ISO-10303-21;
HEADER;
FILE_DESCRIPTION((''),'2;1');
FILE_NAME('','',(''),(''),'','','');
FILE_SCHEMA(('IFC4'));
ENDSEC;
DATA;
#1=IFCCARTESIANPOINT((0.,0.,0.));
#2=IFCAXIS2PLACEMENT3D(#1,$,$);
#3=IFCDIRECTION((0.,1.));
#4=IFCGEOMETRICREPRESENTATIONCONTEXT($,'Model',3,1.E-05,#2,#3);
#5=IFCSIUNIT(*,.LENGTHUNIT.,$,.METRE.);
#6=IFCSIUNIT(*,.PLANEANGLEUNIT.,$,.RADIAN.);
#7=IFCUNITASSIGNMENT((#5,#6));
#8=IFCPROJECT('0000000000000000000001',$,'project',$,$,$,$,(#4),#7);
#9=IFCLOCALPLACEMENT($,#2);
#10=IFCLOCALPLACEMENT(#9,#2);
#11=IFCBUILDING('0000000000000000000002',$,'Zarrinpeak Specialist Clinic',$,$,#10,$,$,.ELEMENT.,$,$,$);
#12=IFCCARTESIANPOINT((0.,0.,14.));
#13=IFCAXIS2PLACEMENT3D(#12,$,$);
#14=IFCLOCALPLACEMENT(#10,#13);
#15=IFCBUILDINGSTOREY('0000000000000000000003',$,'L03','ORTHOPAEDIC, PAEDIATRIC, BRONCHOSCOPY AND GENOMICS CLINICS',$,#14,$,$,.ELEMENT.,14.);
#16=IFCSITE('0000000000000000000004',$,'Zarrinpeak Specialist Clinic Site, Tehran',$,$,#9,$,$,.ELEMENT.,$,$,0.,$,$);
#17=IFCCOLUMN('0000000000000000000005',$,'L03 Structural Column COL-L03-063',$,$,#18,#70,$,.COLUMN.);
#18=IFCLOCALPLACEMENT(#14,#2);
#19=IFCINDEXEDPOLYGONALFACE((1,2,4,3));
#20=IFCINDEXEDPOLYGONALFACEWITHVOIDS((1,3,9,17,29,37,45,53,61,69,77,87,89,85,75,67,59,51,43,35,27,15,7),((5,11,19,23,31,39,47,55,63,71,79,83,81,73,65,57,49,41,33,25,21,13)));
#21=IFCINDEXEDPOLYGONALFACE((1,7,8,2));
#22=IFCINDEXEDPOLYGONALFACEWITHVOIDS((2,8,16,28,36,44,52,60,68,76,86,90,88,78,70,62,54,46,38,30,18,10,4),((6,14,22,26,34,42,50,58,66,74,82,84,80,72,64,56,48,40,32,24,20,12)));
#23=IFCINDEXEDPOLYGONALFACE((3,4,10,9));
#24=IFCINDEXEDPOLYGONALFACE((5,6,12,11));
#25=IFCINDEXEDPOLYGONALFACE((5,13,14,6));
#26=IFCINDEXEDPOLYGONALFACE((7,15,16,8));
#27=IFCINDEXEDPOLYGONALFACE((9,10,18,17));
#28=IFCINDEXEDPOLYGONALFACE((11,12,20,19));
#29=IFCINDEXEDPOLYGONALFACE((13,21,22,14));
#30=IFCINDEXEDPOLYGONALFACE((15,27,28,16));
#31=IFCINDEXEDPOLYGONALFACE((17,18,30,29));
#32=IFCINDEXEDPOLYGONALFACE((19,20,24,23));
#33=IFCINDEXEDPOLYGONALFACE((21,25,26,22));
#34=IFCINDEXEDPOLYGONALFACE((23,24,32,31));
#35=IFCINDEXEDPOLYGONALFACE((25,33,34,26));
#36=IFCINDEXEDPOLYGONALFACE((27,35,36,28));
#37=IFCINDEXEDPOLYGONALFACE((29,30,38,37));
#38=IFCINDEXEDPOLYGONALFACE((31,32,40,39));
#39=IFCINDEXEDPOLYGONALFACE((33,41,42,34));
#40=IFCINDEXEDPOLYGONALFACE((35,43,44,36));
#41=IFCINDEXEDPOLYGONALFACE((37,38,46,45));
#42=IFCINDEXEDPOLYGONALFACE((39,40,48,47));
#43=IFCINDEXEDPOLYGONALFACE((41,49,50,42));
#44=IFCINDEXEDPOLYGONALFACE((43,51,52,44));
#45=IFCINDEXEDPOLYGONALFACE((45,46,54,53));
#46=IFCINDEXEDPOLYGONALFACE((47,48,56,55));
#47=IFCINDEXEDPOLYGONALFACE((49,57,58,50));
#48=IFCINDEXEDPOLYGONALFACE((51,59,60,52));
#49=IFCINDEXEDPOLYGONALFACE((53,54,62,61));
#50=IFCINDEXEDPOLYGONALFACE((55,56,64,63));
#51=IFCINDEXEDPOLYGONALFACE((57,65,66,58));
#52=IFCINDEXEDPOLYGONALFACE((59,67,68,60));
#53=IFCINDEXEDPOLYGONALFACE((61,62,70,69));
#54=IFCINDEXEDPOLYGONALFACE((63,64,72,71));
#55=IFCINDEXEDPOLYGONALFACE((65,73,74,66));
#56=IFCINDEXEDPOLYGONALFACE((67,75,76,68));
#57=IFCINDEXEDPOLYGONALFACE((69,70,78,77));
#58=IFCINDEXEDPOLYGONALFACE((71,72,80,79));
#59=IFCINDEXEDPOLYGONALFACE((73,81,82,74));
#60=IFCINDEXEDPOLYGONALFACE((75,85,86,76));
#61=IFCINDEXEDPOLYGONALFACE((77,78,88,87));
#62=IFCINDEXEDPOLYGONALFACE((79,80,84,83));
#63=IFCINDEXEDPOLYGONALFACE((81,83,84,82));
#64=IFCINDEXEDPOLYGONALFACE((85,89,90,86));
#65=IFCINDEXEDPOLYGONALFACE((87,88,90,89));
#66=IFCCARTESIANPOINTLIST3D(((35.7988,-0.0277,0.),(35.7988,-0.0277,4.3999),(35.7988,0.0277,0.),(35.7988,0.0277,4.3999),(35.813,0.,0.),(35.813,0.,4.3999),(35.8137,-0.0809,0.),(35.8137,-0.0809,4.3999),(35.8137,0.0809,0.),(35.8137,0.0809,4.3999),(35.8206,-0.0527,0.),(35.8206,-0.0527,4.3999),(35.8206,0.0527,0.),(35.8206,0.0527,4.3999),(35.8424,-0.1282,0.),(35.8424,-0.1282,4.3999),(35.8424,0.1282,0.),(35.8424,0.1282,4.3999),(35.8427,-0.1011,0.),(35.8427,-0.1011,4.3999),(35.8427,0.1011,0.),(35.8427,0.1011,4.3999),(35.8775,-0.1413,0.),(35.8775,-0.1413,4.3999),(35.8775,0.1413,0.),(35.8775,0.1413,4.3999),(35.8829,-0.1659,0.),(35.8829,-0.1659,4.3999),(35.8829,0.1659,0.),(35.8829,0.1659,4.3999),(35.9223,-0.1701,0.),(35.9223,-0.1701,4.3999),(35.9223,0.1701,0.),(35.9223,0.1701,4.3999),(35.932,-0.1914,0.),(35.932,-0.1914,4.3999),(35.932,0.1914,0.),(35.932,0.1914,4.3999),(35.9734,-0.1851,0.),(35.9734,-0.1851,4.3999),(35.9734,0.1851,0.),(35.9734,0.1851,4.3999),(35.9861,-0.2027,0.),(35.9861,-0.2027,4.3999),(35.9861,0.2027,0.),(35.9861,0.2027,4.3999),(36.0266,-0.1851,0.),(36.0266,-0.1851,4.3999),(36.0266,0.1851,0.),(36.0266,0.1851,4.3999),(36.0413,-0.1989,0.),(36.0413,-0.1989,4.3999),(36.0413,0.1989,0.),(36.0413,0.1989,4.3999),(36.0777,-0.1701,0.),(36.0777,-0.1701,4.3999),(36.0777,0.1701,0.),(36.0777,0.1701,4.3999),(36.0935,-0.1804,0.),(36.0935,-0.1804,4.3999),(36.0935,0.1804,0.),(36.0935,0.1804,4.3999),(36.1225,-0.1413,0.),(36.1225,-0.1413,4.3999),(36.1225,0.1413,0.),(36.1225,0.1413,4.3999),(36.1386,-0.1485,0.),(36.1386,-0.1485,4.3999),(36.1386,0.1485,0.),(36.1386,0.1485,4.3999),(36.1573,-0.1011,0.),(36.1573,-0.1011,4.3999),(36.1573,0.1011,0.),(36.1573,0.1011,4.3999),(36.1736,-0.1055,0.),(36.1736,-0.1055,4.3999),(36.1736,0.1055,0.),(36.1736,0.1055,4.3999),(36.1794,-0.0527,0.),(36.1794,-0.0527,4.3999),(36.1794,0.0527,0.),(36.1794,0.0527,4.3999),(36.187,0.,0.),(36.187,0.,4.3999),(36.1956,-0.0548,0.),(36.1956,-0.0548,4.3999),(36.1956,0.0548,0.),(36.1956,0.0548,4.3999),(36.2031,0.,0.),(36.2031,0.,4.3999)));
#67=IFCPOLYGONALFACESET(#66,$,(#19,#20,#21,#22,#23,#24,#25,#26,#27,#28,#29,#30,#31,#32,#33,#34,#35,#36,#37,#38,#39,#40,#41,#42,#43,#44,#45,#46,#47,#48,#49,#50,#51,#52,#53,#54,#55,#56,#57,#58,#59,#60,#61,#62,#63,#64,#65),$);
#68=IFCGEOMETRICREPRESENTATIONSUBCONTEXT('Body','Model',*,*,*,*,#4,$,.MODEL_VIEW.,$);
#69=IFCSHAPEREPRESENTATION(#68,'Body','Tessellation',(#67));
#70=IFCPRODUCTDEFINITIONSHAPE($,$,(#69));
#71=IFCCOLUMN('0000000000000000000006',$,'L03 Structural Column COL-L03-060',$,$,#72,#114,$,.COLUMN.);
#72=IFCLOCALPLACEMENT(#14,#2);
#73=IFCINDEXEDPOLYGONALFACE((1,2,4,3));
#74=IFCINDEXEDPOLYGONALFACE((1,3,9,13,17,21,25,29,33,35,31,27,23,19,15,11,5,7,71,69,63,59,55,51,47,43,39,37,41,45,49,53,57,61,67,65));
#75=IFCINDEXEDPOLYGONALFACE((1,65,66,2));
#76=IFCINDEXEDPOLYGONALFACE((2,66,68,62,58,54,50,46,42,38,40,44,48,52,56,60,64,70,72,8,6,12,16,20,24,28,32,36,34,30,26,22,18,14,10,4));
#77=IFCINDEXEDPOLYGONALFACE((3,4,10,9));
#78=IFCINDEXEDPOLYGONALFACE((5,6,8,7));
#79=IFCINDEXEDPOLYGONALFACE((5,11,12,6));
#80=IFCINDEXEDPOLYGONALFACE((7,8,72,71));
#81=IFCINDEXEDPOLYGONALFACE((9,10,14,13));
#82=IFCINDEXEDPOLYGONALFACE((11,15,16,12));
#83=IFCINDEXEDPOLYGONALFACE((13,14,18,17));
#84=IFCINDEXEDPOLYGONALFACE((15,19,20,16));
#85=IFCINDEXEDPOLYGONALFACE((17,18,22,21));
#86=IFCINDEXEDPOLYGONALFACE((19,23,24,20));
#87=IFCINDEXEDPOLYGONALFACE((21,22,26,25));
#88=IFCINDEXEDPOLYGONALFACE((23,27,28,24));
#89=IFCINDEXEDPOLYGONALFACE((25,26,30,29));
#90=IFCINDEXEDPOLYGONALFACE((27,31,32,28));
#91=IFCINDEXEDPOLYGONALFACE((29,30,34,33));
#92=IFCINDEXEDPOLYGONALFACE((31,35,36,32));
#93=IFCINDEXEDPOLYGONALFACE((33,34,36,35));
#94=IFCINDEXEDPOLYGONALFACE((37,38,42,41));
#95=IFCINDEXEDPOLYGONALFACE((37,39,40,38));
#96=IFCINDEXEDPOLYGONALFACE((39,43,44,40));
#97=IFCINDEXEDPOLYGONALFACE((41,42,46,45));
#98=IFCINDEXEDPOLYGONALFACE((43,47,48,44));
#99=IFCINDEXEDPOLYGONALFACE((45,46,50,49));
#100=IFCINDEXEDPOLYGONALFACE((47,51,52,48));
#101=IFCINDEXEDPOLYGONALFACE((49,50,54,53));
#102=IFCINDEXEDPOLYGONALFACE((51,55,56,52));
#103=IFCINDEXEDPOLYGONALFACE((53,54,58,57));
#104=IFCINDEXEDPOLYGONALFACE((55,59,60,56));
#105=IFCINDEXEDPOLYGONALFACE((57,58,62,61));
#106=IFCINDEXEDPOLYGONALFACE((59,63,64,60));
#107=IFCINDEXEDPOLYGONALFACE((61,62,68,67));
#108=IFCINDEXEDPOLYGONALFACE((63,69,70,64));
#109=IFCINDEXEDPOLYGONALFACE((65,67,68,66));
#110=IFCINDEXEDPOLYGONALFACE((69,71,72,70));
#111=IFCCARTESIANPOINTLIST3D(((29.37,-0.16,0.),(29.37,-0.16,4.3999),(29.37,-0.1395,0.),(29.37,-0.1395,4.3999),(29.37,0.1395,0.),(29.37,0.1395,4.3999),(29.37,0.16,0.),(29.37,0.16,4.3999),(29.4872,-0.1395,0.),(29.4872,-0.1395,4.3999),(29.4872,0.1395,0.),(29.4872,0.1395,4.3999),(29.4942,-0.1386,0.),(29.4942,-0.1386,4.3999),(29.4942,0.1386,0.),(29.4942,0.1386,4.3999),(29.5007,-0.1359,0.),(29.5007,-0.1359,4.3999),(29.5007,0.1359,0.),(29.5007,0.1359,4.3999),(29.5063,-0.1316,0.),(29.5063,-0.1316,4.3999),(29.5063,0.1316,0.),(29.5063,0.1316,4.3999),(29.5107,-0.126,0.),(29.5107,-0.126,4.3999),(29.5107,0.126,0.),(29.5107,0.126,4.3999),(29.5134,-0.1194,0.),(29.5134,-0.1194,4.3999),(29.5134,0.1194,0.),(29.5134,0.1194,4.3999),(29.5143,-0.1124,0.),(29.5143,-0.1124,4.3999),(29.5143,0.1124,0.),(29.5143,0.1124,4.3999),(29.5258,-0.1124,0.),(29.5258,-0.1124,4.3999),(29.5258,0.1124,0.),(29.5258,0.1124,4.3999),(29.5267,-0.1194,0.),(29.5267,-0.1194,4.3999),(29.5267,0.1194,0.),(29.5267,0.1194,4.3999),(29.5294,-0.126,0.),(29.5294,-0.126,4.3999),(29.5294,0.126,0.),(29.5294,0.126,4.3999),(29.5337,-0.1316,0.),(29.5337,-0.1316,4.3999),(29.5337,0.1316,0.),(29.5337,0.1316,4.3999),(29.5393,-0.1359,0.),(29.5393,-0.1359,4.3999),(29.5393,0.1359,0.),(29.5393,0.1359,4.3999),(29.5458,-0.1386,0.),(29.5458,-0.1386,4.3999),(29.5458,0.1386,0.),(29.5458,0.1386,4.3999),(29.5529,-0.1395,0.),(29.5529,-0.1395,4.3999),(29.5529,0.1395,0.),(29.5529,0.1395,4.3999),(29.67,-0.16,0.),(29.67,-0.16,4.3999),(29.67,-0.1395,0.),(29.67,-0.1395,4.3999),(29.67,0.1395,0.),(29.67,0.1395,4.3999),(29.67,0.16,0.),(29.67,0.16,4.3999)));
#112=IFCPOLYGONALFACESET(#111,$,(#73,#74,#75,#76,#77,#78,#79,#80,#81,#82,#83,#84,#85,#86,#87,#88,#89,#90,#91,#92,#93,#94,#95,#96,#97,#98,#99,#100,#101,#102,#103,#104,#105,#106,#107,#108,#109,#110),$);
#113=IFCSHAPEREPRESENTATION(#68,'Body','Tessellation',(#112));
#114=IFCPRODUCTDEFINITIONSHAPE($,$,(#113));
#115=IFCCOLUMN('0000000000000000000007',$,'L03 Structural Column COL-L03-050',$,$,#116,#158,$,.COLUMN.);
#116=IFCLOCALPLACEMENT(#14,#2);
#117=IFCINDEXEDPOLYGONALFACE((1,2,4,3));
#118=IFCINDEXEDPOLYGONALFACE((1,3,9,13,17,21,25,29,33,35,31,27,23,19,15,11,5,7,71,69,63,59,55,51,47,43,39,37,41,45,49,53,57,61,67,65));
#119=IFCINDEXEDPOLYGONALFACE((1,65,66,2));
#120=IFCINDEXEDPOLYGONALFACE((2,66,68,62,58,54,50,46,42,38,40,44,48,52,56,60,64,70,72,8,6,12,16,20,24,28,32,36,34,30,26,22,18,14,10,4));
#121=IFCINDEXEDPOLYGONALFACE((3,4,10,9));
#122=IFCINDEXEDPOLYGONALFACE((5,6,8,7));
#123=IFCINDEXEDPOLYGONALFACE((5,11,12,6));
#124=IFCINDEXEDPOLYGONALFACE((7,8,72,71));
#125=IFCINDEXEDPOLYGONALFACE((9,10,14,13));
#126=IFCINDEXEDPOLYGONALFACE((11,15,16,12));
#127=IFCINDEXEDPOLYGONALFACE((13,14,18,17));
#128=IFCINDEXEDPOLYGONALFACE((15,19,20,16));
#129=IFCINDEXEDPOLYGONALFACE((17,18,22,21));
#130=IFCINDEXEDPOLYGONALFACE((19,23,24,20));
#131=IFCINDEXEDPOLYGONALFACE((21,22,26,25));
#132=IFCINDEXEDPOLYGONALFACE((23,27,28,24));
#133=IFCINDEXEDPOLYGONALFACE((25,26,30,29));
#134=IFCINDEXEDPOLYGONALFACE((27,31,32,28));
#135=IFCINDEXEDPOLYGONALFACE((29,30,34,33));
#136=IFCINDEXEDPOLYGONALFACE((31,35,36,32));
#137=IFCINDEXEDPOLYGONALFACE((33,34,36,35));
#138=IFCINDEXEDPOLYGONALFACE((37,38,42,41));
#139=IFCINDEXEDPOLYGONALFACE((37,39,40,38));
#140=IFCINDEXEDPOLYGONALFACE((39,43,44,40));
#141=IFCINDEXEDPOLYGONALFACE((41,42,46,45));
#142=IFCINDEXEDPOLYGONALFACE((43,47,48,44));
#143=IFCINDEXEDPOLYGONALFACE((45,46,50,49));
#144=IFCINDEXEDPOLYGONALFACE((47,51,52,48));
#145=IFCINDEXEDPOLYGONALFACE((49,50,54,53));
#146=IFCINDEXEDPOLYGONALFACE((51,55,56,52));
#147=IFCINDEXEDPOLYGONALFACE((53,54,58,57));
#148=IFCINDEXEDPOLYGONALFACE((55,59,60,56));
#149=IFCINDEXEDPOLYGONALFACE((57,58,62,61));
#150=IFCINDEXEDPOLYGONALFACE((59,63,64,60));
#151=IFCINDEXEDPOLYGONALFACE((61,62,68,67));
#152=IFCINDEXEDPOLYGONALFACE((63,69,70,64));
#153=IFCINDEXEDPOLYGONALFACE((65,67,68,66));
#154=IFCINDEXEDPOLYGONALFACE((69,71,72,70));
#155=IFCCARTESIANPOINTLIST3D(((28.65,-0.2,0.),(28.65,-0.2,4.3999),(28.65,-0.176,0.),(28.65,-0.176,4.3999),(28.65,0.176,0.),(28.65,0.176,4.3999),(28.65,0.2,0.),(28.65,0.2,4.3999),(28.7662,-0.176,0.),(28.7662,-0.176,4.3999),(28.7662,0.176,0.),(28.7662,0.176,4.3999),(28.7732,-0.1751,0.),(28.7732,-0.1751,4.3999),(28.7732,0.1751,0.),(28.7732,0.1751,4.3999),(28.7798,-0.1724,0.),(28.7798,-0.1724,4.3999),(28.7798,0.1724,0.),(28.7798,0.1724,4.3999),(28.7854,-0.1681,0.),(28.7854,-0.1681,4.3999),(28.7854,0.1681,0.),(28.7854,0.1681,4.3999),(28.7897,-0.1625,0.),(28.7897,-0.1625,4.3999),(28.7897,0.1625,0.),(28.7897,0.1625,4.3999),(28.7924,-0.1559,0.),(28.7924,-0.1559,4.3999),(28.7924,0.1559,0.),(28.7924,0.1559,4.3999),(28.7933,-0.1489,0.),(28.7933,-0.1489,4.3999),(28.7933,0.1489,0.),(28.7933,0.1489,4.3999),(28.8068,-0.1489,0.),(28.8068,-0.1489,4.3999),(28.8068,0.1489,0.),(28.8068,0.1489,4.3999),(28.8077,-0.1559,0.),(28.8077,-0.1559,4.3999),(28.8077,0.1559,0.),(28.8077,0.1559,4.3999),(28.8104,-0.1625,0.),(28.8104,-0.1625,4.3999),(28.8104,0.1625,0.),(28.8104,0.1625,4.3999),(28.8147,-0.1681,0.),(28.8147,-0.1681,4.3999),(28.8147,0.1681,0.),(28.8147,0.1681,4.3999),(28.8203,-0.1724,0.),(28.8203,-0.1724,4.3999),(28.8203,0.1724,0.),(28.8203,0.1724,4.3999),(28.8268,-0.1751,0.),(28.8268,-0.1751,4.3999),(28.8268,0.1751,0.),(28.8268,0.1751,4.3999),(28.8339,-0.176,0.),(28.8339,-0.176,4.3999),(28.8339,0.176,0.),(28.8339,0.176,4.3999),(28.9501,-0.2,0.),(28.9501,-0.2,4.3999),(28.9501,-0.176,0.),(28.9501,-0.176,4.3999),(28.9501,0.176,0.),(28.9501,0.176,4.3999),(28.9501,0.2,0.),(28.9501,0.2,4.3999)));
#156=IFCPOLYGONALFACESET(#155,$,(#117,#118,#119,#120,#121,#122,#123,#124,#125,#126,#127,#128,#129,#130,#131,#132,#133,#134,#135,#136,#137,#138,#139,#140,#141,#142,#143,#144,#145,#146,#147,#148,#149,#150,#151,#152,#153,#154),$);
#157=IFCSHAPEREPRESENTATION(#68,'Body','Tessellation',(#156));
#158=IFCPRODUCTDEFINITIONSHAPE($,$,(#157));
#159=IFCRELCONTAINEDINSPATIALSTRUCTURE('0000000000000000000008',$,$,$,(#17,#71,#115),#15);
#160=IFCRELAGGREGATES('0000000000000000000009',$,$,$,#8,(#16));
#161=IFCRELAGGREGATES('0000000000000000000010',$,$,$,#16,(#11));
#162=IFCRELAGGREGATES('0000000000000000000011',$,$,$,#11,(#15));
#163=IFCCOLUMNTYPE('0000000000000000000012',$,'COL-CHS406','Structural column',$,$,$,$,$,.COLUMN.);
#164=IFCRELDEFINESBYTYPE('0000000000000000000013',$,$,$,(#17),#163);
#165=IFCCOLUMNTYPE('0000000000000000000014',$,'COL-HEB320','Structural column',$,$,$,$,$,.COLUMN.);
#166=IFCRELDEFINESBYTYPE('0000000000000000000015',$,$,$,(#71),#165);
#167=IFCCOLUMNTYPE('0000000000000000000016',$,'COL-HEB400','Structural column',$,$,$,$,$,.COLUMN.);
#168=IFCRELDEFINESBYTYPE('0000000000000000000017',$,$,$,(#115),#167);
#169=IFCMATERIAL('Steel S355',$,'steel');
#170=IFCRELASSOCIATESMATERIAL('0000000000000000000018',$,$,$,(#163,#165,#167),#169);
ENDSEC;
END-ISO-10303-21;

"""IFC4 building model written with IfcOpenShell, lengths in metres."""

from ifc_helpers import new_model, si_unit, direction, frame, origin, origin_2d, place, context, subcontext, project, spatial, hollow_circle, i_section, extrude, material, material_profile, profile_set, type_object, element, save


model = new_model("IFC4")

# Units and contexts
model_context = context("Model", 3, precision=1e-05, world=origin(), true_north=direction((0.0, 1.0)))
body_context = subcontext(model_context, "Body", "Model", "MODEL_VIEW")
ifc_project = project(units=[si_unit("LENGTHUNIT", "METRE"), si_unit("PLANEANGLEUNIT", "RADIAN")], contexts=[model_context])

# Site, building, storey
site_placement = place(None, origin())
site = spatial("IfcSite", under=ifc_project, at=site_placement, Name="Zarrinpeak Specialist Clinic Site, Tehran", CompositionType="ELEMENT", RefElevation=0.0)
building_placement = place(site_placement, origin())
building = spatial("IfcBuilding", under=site, at=building_placement, Name="Zarrinpeak Specialist Clinic", CompositionType="ELEMENT")
storey_placement = place(building_placement, frame((0.0, 0.0, 14.0)))
storey = spatial("IfcBuildingStorey", under=building, at=storey_placement, Name="L03", Description="ORTHOPAEDIC, PAEDIATRIC, BRONCHOSCOPY AND GENOMICS CLINICS", CompositionType="ELEMENT", Elevation=14.0)

# Columns
ifc_material_1 = material(Name="Steel S355", Category="steel")
ifc_material_profile_1 = material_profile(ifc_material_1, hollow_circle(Radius=0.2031, WallThickness=0.0161, at=origin_2d()), Name="CHS 406.4x16.0")
ifc_profile_set_1 = profile_set([ifc_material_profile_1], Name="Steel S355")
column_type_1 = type_object("IfcColumnType", Name="COL-CHS406", Description="Structural column", PredefinedType="COLUMN", material=ifc_profile_set_1)
column_1_placement = place(storey_placement, frame((36.0, 0.0, 0.0), z_axis=(0.0, 0.0, 1.0), x_axis=(1.0, 0.0, 0.0)))
element("IfcColumn", 1, at=column_1_placement, inside=storey, type_object=column_type_1, Name="L03 Structural Column COL-L03-063", PredefinedType="COLUMN", context=body_context, shape_type="SweptSolid", body=[
    extrude(hollow_circle(Radius=0.2031, WallThickness=0.0161, at=origin_2d()), origin(), (0.0, 0.0, 1.0), 4.3999),
])
ifc_material_profile_2 = material_profile(ifc_material_1, i_section(OverallWidth=0.3, OverallDepth=0.3201, WebThickness=0.0115, FlangeThickness=0.0205, FilletRadius=0.0271, at=origin_2d()), Name="HEB 320")
ifc_profile_set_2 = profile_set([ifc_material_profile_2], Name="Steel S355")
column_type_2 = type_object("IfcColumnType", Name="COL-HEB320", Description="Structural column", PredefinedType="COLUMN", material=ifc_profile_set_2)
column_2_placement = place(storey_placement, frame((29.52, 0.0, 0.0), z_axis=(0.0, 0.0, 1.0), x_axis=(1.0, 0.0, 0.0)))
element("IfcColumn", 2, at=column_2_placement, inside=storey, type_object=column_type_2, Name="L03 Structural Column COL-L03-060", PredefinedType="COLUMN", context=body_context, shape_type="SweptSolid", body=[
    extrude(i_section(OverallWidth=0.3, OverallDepth=0.3201, WebThickness=0.0115, FlangeThickness=0.0205, FilletRadius=0.0271, at=origin_2d()), origin(), (0.0, 0.0, 1.0), 4.3999),
])
ifc_material_profile_3 = material_profile(ifc_material_1, i_section(OverallWidth=0.3, OverallDepth=0.3999, WebThickness=0.0134, FlangeThickness=0.0239, FilletRadius=0.0271, at=origin_2d()), Name="HEB 400")
ifc_profile_set_3 = profile_set([ifc_material_profile_3], Name="Steel S355")
column_type_3 = type_object("IfcColumnType", Name="COL-HEB400", Description="Structural column", PredefinedType="COLUMN", material=ifc_profile_set_3)
column_3_placement = place(storey_placement, frame((28.8, 0.0, 0.0), z_axis=(0.0, 0.0, 1.0), x_axis=(1.0, 0.0, 0.0)))
element("IfcColumn", 3, at=column_3_placement, inside=storey, type_object=column_type_3, Name="L03 Structural Column COL-L03-050", PredefinedType="COLUMN", context=body_context, shape_type="SweptSolid", body=[
    extrude(i_section(OverallWidth=0.3, OverallDepth=0.3999, WebThickness=0.0134, FlangeThickness=0.0239, FilletRadius=0.0271, at=origin_2d()), origin(), (0.0, 0.0, 1.0), 4.3999),
])

save(model, "model.ifc")
